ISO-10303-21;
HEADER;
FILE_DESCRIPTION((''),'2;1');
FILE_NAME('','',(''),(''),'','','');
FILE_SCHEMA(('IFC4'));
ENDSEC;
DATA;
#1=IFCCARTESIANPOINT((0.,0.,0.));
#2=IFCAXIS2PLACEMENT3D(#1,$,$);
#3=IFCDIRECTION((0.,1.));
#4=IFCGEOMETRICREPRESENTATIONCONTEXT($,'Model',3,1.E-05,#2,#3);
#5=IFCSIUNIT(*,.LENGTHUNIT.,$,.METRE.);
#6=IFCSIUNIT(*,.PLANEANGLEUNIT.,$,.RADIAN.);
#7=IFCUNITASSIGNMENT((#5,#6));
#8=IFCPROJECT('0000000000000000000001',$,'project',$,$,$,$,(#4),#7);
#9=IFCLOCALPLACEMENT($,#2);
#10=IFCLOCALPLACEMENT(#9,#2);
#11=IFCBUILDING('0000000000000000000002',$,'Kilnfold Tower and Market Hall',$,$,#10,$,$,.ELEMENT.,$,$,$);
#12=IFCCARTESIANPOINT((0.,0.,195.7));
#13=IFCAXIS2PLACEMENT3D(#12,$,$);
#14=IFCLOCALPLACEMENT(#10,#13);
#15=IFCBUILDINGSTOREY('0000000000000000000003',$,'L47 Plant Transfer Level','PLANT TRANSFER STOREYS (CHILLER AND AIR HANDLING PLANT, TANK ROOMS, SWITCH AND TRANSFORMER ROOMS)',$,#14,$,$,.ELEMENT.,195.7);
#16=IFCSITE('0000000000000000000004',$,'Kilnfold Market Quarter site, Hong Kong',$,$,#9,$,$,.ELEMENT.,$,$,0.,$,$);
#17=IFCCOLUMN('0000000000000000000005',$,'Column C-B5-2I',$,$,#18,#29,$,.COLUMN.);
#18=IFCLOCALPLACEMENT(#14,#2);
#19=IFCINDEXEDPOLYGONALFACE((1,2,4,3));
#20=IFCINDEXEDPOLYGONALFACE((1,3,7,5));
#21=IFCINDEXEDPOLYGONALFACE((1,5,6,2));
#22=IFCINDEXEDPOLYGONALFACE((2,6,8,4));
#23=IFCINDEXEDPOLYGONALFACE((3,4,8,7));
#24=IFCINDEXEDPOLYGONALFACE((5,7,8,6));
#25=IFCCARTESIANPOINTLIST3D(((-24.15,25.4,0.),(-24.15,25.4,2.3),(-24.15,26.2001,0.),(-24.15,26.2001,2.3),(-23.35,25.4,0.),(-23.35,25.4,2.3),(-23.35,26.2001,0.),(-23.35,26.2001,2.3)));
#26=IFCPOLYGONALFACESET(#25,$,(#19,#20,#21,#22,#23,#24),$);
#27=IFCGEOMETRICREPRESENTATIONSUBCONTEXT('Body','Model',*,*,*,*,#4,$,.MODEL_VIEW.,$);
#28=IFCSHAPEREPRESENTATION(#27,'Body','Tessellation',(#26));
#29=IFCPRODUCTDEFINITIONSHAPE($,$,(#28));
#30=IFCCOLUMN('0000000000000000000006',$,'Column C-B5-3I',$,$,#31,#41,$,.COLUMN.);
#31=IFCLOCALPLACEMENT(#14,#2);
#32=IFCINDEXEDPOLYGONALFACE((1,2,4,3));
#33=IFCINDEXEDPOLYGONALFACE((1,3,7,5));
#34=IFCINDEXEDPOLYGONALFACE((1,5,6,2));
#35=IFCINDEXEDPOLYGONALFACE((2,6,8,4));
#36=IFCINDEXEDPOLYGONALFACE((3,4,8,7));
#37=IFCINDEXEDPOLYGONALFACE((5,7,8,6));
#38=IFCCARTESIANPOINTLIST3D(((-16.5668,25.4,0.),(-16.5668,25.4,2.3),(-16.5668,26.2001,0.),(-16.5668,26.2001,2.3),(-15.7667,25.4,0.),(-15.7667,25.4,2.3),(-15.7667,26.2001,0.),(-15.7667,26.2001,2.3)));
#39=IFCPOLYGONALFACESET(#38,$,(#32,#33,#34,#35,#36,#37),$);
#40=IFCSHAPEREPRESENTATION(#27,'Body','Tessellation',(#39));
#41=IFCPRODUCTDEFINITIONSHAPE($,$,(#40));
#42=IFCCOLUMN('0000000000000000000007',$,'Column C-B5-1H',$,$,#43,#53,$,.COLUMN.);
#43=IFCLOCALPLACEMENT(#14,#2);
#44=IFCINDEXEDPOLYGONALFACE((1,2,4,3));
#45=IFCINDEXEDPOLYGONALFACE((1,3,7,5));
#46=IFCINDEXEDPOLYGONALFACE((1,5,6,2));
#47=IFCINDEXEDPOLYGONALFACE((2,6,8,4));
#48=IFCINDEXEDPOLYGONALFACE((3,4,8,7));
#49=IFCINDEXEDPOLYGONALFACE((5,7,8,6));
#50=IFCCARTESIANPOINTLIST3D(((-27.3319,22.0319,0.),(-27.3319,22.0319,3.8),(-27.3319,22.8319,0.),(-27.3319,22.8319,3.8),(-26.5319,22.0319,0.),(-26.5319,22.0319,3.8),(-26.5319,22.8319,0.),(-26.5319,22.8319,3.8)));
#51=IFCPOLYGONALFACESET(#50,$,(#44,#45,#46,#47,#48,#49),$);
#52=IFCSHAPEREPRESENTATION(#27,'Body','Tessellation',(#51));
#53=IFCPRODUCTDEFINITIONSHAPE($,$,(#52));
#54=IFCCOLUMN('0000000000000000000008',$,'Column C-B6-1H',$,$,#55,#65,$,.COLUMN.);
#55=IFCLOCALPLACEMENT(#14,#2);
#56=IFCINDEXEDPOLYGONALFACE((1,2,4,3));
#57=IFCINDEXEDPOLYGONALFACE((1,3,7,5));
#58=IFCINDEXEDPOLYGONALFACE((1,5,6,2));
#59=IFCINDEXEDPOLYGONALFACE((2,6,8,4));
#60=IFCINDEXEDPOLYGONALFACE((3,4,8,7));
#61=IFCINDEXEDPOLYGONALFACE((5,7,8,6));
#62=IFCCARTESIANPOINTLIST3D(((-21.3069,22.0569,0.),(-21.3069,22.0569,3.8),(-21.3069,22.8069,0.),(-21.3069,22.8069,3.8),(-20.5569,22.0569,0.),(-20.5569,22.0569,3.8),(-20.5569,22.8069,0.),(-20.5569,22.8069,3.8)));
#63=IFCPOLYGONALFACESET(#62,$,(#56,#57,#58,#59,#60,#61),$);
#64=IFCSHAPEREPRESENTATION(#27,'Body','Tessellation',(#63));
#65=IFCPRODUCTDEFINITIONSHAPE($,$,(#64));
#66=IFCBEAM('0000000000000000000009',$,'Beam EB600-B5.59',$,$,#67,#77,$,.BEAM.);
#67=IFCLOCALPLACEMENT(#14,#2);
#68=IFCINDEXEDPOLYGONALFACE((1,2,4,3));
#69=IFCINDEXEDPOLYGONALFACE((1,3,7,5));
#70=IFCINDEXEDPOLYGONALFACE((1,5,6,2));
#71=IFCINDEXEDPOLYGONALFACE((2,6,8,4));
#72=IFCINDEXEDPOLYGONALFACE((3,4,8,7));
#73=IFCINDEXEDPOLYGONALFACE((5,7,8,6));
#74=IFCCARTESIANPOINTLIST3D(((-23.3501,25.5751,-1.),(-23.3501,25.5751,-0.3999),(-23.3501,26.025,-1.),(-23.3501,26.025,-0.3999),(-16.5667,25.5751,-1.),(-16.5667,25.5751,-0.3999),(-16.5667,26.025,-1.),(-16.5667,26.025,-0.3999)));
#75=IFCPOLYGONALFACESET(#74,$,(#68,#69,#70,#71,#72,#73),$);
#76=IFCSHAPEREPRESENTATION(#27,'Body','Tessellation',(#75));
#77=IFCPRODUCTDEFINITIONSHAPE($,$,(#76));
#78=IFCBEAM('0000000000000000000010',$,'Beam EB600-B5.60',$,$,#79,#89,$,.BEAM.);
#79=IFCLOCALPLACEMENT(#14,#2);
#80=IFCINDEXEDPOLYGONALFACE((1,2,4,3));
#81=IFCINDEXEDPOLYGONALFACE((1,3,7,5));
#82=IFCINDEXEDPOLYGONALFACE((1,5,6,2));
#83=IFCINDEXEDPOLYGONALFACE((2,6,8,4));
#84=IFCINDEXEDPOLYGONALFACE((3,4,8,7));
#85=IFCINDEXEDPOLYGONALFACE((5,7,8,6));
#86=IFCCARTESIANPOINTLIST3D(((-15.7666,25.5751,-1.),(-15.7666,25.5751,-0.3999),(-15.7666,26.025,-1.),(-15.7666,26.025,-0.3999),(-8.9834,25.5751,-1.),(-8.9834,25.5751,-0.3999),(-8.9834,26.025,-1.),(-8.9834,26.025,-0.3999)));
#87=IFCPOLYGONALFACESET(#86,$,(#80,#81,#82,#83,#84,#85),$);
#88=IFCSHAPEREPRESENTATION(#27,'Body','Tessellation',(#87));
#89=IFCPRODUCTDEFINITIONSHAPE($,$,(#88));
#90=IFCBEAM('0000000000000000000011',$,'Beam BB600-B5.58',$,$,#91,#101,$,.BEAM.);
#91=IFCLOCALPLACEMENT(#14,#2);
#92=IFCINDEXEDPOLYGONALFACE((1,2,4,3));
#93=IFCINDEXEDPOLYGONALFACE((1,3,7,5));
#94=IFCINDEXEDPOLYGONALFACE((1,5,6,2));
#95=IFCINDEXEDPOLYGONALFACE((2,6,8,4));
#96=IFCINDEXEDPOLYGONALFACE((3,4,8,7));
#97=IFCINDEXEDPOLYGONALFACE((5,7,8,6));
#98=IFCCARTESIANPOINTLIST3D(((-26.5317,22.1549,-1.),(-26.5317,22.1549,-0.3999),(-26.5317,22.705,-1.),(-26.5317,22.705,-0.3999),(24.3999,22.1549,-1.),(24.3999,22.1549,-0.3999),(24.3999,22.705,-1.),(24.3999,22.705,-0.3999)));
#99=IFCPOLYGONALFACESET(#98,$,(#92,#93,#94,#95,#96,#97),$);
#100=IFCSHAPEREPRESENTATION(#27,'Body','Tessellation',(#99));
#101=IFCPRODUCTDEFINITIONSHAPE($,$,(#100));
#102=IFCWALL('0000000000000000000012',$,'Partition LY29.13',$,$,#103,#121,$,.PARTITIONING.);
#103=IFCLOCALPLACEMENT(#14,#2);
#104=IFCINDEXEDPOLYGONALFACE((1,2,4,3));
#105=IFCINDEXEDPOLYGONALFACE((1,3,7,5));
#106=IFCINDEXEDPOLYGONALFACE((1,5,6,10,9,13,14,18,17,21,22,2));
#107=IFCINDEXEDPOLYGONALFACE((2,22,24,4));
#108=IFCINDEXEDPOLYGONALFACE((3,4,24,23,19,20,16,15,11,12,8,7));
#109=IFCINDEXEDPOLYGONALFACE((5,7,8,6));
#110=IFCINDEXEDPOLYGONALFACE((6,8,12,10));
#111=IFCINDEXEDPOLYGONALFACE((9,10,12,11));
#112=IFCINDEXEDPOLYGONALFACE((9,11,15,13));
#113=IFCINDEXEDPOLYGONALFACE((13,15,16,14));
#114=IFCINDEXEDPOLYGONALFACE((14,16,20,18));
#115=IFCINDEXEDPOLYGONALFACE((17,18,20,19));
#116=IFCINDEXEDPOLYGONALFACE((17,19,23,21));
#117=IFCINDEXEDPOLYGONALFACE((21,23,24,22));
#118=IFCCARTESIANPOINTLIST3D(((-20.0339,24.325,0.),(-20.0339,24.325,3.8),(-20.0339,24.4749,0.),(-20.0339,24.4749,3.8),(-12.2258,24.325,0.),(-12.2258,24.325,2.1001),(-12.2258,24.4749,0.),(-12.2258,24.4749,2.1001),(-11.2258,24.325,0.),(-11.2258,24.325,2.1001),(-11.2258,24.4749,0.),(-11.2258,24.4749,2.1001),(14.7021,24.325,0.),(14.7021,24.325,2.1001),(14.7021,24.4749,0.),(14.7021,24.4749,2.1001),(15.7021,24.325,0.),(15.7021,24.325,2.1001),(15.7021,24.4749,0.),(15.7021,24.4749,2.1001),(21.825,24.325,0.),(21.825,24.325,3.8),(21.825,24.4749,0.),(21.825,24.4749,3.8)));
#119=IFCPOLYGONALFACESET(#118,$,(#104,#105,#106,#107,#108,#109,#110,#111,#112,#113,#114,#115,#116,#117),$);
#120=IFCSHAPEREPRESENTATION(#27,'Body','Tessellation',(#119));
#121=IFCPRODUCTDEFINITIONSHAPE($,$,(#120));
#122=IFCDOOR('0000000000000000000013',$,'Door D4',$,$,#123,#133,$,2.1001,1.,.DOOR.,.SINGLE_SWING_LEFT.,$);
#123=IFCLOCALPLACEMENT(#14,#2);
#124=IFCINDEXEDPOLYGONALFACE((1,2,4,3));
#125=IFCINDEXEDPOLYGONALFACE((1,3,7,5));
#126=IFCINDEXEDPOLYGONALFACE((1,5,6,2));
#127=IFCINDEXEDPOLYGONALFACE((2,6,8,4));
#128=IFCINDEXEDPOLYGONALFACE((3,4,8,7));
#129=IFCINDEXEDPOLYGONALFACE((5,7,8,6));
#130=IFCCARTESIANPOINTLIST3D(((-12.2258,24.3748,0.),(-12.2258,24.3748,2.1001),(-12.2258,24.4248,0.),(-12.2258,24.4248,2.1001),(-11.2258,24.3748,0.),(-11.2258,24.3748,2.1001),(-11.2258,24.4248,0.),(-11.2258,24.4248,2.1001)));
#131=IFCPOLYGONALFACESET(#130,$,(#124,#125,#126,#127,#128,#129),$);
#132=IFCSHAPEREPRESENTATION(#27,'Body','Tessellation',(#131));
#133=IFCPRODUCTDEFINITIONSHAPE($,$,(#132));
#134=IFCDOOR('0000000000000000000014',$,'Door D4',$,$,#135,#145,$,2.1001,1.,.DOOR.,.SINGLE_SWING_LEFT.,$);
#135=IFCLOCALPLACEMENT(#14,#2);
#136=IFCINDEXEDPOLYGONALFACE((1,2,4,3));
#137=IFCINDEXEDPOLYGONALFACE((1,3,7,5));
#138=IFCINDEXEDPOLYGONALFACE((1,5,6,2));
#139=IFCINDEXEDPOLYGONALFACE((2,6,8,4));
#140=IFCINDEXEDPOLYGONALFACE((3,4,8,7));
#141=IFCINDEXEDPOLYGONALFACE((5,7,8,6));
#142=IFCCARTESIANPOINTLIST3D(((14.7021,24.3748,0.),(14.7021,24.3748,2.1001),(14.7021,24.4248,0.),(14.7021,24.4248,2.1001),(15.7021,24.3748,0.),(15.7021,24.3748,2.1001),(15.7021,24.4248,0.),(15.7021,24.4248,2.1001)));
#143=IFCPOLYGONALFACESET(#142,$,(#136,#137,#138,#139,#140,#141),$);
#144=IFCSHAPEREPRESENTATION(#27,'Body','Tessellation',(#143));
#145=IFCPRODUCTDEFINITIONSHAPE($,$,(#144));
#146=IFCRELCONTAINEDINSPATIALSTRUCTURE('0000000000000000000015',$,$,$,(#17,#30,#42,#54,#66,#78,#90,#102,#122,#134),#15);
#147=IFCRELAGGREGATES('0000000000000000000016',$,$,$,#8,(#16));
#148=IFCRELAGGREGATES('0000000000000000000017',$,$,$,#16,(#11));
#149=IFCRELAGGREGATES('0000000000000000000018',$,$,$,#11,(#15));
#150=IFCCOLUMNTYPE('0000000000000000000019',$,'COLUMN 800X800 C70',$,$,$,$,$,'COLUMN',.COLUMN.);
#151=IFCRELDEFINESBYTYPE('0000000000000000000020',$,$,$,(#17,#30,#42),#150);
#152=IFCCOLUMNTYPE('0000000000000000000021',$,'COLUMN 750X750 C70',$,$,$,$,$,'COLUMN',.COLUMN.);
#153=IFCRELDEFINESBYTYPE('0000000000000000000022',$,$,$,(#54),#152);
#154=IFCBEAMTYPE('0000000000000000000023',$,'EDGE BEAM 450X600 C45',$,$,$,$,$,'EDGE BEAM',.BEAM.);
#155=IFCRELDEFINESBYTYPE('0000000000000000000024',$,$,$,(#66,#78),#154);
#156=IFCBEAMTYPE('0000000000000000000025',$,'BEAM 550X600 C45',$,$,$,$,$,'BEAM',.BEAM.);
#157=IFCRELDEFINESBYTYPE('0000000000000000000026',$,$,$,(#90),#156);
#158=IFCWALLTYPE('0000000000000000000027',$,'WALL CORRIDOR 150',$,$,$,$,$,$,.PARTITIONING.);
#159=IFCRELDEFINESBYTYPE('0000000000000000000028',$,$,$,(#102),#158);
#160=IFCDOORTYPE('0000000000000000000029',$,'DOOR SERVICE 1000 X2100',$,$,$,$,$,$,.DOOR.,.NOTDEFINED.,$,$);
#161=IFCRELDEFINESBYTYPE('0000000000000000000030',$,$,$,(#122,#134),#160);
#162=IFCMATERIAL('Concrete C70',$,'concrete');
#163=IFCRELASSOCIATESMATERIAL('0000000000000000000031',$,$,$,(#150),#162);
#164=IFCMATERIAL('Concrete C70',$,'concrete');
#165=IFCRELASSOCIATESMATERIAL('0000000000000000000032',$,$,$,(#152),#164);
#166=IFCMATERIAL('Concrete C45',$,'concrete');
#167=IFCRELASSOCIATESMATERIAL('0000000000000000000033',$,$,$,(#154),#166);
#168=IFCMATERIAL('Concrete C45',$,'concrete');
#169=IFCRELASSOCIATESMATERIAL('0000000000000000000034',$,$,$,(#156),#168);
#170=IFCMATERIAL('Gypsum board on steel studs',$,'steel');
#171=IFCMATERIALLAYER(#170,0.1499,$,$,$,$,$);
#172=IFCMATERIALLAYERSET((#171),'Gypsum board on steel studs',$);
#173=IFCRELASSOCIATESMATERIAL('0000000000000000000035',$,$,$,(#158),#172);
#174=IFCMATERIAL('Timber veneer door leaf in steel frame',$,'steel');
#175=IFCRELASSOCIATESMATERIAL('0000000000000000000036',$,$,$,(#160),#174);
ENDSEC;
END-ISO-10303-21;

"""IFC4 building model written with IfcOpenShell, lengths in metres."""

from ifc_helpers import new_model, si_unit, direction, frame, frame_2d, origin, origin_2d, place, context, subcontext, project, spatial, rectangle, extrude, source, transform, mapped, material, layer, layer_set, material_profile, profile_set, type_object, element, fill, save


model = new_model("IFC4")

# Units and contexts
model_context = context("Model", 3, precision=1e-05, world=origin(), true_north=direction((0.0, 1.0)))
body_context = subcontext(model_context, "Body", "Model", "MODEL_VIEW")
ifc_project = project(units=[si_unit("LENGTHUNIT", "METRE"), si_unit("PLANEANGLEUNIT", "RADIAN")], contexts=[model_context])

# Site, building, storey
site_placement = place(None, origin())
site = spatial("IfcSite", under=ifc_project, at=site_placement, Name="Kilnfold Market Quarter site, Hong Kong", CompositionType="ELEMENT", RefElevation=0.0)
building_placement = place(site_placement, origin())
building = spatial("IfcBuilding", under=site, at=building_placement, Name="Kilnfold Tower and Market Hall", CompositionType="ELEMENT")
storey_placement = place(building_placement, frame((0.0, 0.0, 195.7)))
storey = spatial("IfcBuildingStorey", under=building, at=storey_placement, Name="L47 Plant Transfer Level", Description="PLANT TRANSFER STOREYS (CHILLER AND AIR HANDLING PLANT, TANK ROOMS, SWITCH AND TRANSFORMER ROOMS)", CompositionType="ELEMENT", Elevation=195.7)

# Columns
ifc_material_1 = material(Name="Concrete C70", Category="concrete")
ifc_material_profile_1 = material_profile(ifc_material_1, rectangle(XDim=0.8, YDim=0.8, at=origin_2d()), Name="RC 800x800")
ifc_profile_set_1 = profile_set([ifc_material_profile_1], Name="Concrete C70")
column_type_1 = type_object("IfcColumnType", Name="COLUMN 800X800 C70", ElementType="COLUMN", PredefinedType="COLUMN", material=ifc_profile_set_1)
shared_shape_1 = source(origin(), body_context, "Body", "SweptSolid", [
    extrude(rectangle(XDim=0.8, YDim=0.8, at=origin_2d()), origin(), (0.0, 0.0, 1.0), 2.3),
])
for number, where, z_axis, x_axis, name in (
    (1, (-23.75, 25.8, 0.0), (0.0, 0.0, 1.0), (1.0, 0.0, 0.0), "Column C-B5-2I"),
    (2, (-16.1667, 25.8, 0.0), (0.0, 0.0, 1.0), (1.0, 0.0, 0.0), "Column C-B5-3I"),
):
    element("IfcColumn", number, at=place(storey_placement, frame(where, z_axis=z_axis, x_axis=x_axis)), inside=storey, type_object=column_type_1, Name=name, PredefinedType="COLUMN", context=body_context, shape_type="MappedRepresentation", body=[
        mapped(shared_shape_1, transform((0.0, 0.0, 0.0))),
    ])
shared_shape_2 = source(origin(), body_context, "Body", "SweptSolid", [
    extrude(rectangle(XDim=0.8, YDim=0.8, at=origin_2d()), origin(), (0.0, 0.0, 1.0), 3.8),
])
column_1_placement = place(storey_placement, frame((-26.9319, 22.4319, 0.0), z_axis=(0.0, 0.0, 1.0), x_axis=(1.0, 0.0, 0.0)))
element("IfcColumn", 3, at=column_1_placement, inside=storey, type_object=column_type_1, Name="Column C-B5-1H", PredefinedType="COLUMN", context=body_context, shape_type="MappedRepresentation", body=[
    mapped(shared_shape_2, transform((0.0, 0.0, 0.0))),
])
ifc_material_2 = material(Name="Concrete C70", Category="concrete")
ifc_material_profile_2 = material_profile(ifc_material_2, rectangle(XDim=0.75, YDim=0.75, at=origin_2d()), Name="RC 750x750")
ifc_profile_set_2 = profile_set([ifc_material_profile_2], Name="Concrete C70")
column_type_2 = type_object("IfcColumnType", Name="COLUMN 750X750 C70", ElementType="COLUMN", PredefinedType="COLUMN", material=ifc_profile_set_2)
shared_shape_3 = source(origin(), body_context, "Body", "SweptSolid", [
    extrude(rectangle(XDim=0.75, YDim=0.75, at=origin_2d()), origin(), (0.0, 0.0, 1.0), 3.8),
])
column_2_placement = place(storey_placement, frame((-20.9319, 22.4319, 0.0), z_axis=(0.0, 0.0, 1.0), x_axis=(1.0, 0.0, 0.0)))
element("IfcColumn", 4, at=column_2_placement, inside=storey, type_object=column_type_2, Name="Column C-B6-1H", PredefinedType="COLUMN", context=body_context, shape_type="MappedRepresentation", body=[
    mapped(shared_shape_3, transform((0.0, 0.0, 0.0))),
])

# Beams
ifc_material_3 = material(Name="Concrete C45", Category="concrete")
ifc_material_profile_3 = material_profile(ifc_material_3, rectangle(XDim=0.45, YDim=0.6001, at=origin_2d()), Name="RC 450x600")
ifc_profile_set_3 = profile_set([ifc_material_profile_3], Name="Concrete C45")
beam_type_1 = type_object("IfcBeamType", Name="EDGE BEAM 450X600 C45", ElementType="EDGE BEAM", PredefinedType="BEAM", material=ifc_profile_set_3)
shared_shape_4 = source(origin(), body_context, "Body", "SweptSolid", [
    extrude(rectangle(XDim=0.45, YDim=0.6001, at=origin_2d()), origin(), (0.0, 0.0, 1.0), 6.7834),
])
beam_1_placement = place(storey_placement, frame((-23.3501, 25.8, -0.7), z_axis=(1.0, 0.0, 0.0), x_axis=(0.0, 1.0, 0.0)))
element("IfcBeam", 5, at=beam_1_placement, inside=storey, type_object=beam_type_1, Name="Beam EB600-B5.59", PredefinedType="BEAM", context=body_context, shape_type="MappedRepresentation", body=[
    mapped(shared_shape_4, transform((0.0, 0.0, 0.0))),
])
shared_shape_5 = source(origin(), body_context, "Body", "SweptSolid", [
    extrude(rectangle(XDim=0.45, YDim=0.6001, at=origin_2d()), origin(), (0.0, 0.0, 1.0), 6.7832),
])
beam_2_placement = place(storey_placement, frame((-15.7666, 25.8, -0.7), z_axis=(1.0, 0.0, 0.0), x_axis=(0.0, 1.0, 0.0)))
element("IfcBeam", 6, at=beam_2_placement, inside=storey, type_object=beam_type_1, Name="Beam EB600-B5.60", PredefinedType="BEAM", context=body_context, shape_type="MappedRepresentation", body=[
    mapped(shared_shape_5, transform((0.0, 0.0, 0.0))),
])
ifc_material_4 = material(Name="Concrete C45", Category="concrete")
ifc_material_profile_4 = material_profile(ifc_material_4, rectangle(XDim=0.55, YDim=0.6001, at=origin_2d()), Name="RC 550x600")
ifc_profile_set_4 = profile_set([ifc_material_profile_4], Name="Concrete C45")
beam_type_2 = type_object("IfcBeamType", Name="BEAM 550X600 C45", ElementType="BEAM", PredefinedType="BEAM", material=ifc_profile_set_4)
shared_shape_6 = source(origin(), body_context, "Body", "SweptSolid", [
    extrude(rectangle(XDim=0.55, YDim=0.6001, at=origin_2d()), origin(), (0.0, 0.0, 1.0), 50.9316),
])
beam_3_placement = place(storey_placement, frame((-26.5317, 22.4299, -0.7), z_axis=(1.0, 0.0, 0.0), x_axis=(0.0, 1.0, 0.0)))
element("IfcBeam", 7, at=beam_3_placement, inside=storey, type_object=beam_type_2, Name="Beam BB600-B5.58", PredefinedType="BEAM", context=body_context, shape_type="MappedRepresentation", body=[
    mapped(shared_shape_6, transform((0.0, 0.0, 0.0))),
])

# Wall, openings, doors
ifc_material_5 = material(Name="Gypsum board on steel studs", Category="steel")
ifc_layer_1 = layer(ifc_material_5, 0.1499)
ifc_layer_set_1 = layer_set([ifc_layer_1], Name="Gypsum board on steel studs")
wall_type_1 = type_object("IfcWallType", Name="WALL CORRIDOR 150", PredefinedType="PARTITIONING", material=ifc_layer_set_1)
wall_1_placement = place(storey_placement, frame((-20.0339, 24.3999, 0.0), z_axis=(0.0, 0.0, 1.0), x_axis=(1.0, 0.0, 0.0)))
wall_1 = element("IfcWall", 8, at=wall_1_placement, inside=storey, type_object=wall_type_1, Name="Partition LY29.13", PredefinedType="PARTITIONING", context=body_context, shape_type="SweptSolid", body=[
    extrude(rectangle(XDim=41.8589, YDim=0.1499, at=frame_2d((20.9294, 0.0))), origin(), (0.0, 0.0, 1.0), 3.8),
])
opening_1_placement = place(wall_1_placement, frame((7.8081, 0.0, 0.0)))
opening_1 = element("IfcOpeningElement", 9, at=opening_1_placement, cuts=wall_1, PredefinedType="OPENING", context=body_context, shape_type="SweptSolid", body=[
    extrude(rectangle(XDim=1.0, YDim=2.1001, at=frame_2d((0.5, 1.05))), frame((0.0, 0.085, 0.0), z_axis=(0.0, -1.0, 0.0), x_axis=(1.0, 0.0, 0.0)), (0.0, 0.0, 1.0), 0.1699),
])
opening_2_placement = place(wall_1_placement, frame((34.7361, 0.0, 0.0)))
opening_2 = element("IfcOpeningElement", 10, at=opening_2_placement, cuts=wall_1, PredefinedType="OPENING", context=body_context, shape_type="SweptSolid", body=[
    extrude(rectangle(XDim=1.0, YDim=2.1001, at=frame_2d((0.5, 1.05))), frame((0.0, 0.085, 0.0), z_axis=(0.0, -1.0, 0.0), x_axis=(1.0, 0.0, 0.0)), (0.0, 0.0, 1.0), 0.1699),
])
ifc_material_6 = material(Name="Timber veneer door leaf in steel frame", Category="steel")
door_type_1 = type_object("IfcDoorType", Name="DOOR SERVICE 1000 X2100", OperationType="NOTDEFINED", PredefinedType="DOOR", material=ifc_material_6)
door_1_placement = place(opening_1_placement, origin())
door_1 = element("IfcDoor", 11, at=door_1_placement, inside=storey, type_object=door_type_1, Name="Door D4", OperationType="SINGLE_SWING_LEFT", OverallHeight=2.1001, OverallWidth=1.0, PredefinedType="DOOR", context=body_context, shape_type="SweptSolid", body=[
    extrude(rectangle(XDim=1.0, YDim=2.1001, at=frame_2d((0.5, 1.05))), frame((0.0, 0.0249, 0.0), z_axis=(0.0, -1.0, 0.0), x_axis=(1.0, 0.0, 0.0)), (0.0, 0.0, 1.0), 0.05),
])
fill(opening_1, door_1)
door_2_placement = place(opening_2_placement, origin())
door_2 = element("IfcDoor", 12, at=door_2_placement, inside=storey, type_object=door_type_1, Name="Door D4", OperationType="SINGLE_SWING_LEFT", OverallHeight=2.1001, OverallWidth=1.0, PredefinedType="DOOR", context=body_context, shape_type="SweptSolid", body=[
    extrude(rectangle(XDim=1.0, YDim=2.1001, at=frame_2d((0.5, 1.05))), frame((0.0, 0.0249, 0.0), z_axis=(0.0, -1.0, 0.0), x_axis=(1.0, 0.0, 0.0)), (0.0, 0.0, 1.0), 0.05),
])
fill(opening_2, door_2)

save(model, "model.ifc")
